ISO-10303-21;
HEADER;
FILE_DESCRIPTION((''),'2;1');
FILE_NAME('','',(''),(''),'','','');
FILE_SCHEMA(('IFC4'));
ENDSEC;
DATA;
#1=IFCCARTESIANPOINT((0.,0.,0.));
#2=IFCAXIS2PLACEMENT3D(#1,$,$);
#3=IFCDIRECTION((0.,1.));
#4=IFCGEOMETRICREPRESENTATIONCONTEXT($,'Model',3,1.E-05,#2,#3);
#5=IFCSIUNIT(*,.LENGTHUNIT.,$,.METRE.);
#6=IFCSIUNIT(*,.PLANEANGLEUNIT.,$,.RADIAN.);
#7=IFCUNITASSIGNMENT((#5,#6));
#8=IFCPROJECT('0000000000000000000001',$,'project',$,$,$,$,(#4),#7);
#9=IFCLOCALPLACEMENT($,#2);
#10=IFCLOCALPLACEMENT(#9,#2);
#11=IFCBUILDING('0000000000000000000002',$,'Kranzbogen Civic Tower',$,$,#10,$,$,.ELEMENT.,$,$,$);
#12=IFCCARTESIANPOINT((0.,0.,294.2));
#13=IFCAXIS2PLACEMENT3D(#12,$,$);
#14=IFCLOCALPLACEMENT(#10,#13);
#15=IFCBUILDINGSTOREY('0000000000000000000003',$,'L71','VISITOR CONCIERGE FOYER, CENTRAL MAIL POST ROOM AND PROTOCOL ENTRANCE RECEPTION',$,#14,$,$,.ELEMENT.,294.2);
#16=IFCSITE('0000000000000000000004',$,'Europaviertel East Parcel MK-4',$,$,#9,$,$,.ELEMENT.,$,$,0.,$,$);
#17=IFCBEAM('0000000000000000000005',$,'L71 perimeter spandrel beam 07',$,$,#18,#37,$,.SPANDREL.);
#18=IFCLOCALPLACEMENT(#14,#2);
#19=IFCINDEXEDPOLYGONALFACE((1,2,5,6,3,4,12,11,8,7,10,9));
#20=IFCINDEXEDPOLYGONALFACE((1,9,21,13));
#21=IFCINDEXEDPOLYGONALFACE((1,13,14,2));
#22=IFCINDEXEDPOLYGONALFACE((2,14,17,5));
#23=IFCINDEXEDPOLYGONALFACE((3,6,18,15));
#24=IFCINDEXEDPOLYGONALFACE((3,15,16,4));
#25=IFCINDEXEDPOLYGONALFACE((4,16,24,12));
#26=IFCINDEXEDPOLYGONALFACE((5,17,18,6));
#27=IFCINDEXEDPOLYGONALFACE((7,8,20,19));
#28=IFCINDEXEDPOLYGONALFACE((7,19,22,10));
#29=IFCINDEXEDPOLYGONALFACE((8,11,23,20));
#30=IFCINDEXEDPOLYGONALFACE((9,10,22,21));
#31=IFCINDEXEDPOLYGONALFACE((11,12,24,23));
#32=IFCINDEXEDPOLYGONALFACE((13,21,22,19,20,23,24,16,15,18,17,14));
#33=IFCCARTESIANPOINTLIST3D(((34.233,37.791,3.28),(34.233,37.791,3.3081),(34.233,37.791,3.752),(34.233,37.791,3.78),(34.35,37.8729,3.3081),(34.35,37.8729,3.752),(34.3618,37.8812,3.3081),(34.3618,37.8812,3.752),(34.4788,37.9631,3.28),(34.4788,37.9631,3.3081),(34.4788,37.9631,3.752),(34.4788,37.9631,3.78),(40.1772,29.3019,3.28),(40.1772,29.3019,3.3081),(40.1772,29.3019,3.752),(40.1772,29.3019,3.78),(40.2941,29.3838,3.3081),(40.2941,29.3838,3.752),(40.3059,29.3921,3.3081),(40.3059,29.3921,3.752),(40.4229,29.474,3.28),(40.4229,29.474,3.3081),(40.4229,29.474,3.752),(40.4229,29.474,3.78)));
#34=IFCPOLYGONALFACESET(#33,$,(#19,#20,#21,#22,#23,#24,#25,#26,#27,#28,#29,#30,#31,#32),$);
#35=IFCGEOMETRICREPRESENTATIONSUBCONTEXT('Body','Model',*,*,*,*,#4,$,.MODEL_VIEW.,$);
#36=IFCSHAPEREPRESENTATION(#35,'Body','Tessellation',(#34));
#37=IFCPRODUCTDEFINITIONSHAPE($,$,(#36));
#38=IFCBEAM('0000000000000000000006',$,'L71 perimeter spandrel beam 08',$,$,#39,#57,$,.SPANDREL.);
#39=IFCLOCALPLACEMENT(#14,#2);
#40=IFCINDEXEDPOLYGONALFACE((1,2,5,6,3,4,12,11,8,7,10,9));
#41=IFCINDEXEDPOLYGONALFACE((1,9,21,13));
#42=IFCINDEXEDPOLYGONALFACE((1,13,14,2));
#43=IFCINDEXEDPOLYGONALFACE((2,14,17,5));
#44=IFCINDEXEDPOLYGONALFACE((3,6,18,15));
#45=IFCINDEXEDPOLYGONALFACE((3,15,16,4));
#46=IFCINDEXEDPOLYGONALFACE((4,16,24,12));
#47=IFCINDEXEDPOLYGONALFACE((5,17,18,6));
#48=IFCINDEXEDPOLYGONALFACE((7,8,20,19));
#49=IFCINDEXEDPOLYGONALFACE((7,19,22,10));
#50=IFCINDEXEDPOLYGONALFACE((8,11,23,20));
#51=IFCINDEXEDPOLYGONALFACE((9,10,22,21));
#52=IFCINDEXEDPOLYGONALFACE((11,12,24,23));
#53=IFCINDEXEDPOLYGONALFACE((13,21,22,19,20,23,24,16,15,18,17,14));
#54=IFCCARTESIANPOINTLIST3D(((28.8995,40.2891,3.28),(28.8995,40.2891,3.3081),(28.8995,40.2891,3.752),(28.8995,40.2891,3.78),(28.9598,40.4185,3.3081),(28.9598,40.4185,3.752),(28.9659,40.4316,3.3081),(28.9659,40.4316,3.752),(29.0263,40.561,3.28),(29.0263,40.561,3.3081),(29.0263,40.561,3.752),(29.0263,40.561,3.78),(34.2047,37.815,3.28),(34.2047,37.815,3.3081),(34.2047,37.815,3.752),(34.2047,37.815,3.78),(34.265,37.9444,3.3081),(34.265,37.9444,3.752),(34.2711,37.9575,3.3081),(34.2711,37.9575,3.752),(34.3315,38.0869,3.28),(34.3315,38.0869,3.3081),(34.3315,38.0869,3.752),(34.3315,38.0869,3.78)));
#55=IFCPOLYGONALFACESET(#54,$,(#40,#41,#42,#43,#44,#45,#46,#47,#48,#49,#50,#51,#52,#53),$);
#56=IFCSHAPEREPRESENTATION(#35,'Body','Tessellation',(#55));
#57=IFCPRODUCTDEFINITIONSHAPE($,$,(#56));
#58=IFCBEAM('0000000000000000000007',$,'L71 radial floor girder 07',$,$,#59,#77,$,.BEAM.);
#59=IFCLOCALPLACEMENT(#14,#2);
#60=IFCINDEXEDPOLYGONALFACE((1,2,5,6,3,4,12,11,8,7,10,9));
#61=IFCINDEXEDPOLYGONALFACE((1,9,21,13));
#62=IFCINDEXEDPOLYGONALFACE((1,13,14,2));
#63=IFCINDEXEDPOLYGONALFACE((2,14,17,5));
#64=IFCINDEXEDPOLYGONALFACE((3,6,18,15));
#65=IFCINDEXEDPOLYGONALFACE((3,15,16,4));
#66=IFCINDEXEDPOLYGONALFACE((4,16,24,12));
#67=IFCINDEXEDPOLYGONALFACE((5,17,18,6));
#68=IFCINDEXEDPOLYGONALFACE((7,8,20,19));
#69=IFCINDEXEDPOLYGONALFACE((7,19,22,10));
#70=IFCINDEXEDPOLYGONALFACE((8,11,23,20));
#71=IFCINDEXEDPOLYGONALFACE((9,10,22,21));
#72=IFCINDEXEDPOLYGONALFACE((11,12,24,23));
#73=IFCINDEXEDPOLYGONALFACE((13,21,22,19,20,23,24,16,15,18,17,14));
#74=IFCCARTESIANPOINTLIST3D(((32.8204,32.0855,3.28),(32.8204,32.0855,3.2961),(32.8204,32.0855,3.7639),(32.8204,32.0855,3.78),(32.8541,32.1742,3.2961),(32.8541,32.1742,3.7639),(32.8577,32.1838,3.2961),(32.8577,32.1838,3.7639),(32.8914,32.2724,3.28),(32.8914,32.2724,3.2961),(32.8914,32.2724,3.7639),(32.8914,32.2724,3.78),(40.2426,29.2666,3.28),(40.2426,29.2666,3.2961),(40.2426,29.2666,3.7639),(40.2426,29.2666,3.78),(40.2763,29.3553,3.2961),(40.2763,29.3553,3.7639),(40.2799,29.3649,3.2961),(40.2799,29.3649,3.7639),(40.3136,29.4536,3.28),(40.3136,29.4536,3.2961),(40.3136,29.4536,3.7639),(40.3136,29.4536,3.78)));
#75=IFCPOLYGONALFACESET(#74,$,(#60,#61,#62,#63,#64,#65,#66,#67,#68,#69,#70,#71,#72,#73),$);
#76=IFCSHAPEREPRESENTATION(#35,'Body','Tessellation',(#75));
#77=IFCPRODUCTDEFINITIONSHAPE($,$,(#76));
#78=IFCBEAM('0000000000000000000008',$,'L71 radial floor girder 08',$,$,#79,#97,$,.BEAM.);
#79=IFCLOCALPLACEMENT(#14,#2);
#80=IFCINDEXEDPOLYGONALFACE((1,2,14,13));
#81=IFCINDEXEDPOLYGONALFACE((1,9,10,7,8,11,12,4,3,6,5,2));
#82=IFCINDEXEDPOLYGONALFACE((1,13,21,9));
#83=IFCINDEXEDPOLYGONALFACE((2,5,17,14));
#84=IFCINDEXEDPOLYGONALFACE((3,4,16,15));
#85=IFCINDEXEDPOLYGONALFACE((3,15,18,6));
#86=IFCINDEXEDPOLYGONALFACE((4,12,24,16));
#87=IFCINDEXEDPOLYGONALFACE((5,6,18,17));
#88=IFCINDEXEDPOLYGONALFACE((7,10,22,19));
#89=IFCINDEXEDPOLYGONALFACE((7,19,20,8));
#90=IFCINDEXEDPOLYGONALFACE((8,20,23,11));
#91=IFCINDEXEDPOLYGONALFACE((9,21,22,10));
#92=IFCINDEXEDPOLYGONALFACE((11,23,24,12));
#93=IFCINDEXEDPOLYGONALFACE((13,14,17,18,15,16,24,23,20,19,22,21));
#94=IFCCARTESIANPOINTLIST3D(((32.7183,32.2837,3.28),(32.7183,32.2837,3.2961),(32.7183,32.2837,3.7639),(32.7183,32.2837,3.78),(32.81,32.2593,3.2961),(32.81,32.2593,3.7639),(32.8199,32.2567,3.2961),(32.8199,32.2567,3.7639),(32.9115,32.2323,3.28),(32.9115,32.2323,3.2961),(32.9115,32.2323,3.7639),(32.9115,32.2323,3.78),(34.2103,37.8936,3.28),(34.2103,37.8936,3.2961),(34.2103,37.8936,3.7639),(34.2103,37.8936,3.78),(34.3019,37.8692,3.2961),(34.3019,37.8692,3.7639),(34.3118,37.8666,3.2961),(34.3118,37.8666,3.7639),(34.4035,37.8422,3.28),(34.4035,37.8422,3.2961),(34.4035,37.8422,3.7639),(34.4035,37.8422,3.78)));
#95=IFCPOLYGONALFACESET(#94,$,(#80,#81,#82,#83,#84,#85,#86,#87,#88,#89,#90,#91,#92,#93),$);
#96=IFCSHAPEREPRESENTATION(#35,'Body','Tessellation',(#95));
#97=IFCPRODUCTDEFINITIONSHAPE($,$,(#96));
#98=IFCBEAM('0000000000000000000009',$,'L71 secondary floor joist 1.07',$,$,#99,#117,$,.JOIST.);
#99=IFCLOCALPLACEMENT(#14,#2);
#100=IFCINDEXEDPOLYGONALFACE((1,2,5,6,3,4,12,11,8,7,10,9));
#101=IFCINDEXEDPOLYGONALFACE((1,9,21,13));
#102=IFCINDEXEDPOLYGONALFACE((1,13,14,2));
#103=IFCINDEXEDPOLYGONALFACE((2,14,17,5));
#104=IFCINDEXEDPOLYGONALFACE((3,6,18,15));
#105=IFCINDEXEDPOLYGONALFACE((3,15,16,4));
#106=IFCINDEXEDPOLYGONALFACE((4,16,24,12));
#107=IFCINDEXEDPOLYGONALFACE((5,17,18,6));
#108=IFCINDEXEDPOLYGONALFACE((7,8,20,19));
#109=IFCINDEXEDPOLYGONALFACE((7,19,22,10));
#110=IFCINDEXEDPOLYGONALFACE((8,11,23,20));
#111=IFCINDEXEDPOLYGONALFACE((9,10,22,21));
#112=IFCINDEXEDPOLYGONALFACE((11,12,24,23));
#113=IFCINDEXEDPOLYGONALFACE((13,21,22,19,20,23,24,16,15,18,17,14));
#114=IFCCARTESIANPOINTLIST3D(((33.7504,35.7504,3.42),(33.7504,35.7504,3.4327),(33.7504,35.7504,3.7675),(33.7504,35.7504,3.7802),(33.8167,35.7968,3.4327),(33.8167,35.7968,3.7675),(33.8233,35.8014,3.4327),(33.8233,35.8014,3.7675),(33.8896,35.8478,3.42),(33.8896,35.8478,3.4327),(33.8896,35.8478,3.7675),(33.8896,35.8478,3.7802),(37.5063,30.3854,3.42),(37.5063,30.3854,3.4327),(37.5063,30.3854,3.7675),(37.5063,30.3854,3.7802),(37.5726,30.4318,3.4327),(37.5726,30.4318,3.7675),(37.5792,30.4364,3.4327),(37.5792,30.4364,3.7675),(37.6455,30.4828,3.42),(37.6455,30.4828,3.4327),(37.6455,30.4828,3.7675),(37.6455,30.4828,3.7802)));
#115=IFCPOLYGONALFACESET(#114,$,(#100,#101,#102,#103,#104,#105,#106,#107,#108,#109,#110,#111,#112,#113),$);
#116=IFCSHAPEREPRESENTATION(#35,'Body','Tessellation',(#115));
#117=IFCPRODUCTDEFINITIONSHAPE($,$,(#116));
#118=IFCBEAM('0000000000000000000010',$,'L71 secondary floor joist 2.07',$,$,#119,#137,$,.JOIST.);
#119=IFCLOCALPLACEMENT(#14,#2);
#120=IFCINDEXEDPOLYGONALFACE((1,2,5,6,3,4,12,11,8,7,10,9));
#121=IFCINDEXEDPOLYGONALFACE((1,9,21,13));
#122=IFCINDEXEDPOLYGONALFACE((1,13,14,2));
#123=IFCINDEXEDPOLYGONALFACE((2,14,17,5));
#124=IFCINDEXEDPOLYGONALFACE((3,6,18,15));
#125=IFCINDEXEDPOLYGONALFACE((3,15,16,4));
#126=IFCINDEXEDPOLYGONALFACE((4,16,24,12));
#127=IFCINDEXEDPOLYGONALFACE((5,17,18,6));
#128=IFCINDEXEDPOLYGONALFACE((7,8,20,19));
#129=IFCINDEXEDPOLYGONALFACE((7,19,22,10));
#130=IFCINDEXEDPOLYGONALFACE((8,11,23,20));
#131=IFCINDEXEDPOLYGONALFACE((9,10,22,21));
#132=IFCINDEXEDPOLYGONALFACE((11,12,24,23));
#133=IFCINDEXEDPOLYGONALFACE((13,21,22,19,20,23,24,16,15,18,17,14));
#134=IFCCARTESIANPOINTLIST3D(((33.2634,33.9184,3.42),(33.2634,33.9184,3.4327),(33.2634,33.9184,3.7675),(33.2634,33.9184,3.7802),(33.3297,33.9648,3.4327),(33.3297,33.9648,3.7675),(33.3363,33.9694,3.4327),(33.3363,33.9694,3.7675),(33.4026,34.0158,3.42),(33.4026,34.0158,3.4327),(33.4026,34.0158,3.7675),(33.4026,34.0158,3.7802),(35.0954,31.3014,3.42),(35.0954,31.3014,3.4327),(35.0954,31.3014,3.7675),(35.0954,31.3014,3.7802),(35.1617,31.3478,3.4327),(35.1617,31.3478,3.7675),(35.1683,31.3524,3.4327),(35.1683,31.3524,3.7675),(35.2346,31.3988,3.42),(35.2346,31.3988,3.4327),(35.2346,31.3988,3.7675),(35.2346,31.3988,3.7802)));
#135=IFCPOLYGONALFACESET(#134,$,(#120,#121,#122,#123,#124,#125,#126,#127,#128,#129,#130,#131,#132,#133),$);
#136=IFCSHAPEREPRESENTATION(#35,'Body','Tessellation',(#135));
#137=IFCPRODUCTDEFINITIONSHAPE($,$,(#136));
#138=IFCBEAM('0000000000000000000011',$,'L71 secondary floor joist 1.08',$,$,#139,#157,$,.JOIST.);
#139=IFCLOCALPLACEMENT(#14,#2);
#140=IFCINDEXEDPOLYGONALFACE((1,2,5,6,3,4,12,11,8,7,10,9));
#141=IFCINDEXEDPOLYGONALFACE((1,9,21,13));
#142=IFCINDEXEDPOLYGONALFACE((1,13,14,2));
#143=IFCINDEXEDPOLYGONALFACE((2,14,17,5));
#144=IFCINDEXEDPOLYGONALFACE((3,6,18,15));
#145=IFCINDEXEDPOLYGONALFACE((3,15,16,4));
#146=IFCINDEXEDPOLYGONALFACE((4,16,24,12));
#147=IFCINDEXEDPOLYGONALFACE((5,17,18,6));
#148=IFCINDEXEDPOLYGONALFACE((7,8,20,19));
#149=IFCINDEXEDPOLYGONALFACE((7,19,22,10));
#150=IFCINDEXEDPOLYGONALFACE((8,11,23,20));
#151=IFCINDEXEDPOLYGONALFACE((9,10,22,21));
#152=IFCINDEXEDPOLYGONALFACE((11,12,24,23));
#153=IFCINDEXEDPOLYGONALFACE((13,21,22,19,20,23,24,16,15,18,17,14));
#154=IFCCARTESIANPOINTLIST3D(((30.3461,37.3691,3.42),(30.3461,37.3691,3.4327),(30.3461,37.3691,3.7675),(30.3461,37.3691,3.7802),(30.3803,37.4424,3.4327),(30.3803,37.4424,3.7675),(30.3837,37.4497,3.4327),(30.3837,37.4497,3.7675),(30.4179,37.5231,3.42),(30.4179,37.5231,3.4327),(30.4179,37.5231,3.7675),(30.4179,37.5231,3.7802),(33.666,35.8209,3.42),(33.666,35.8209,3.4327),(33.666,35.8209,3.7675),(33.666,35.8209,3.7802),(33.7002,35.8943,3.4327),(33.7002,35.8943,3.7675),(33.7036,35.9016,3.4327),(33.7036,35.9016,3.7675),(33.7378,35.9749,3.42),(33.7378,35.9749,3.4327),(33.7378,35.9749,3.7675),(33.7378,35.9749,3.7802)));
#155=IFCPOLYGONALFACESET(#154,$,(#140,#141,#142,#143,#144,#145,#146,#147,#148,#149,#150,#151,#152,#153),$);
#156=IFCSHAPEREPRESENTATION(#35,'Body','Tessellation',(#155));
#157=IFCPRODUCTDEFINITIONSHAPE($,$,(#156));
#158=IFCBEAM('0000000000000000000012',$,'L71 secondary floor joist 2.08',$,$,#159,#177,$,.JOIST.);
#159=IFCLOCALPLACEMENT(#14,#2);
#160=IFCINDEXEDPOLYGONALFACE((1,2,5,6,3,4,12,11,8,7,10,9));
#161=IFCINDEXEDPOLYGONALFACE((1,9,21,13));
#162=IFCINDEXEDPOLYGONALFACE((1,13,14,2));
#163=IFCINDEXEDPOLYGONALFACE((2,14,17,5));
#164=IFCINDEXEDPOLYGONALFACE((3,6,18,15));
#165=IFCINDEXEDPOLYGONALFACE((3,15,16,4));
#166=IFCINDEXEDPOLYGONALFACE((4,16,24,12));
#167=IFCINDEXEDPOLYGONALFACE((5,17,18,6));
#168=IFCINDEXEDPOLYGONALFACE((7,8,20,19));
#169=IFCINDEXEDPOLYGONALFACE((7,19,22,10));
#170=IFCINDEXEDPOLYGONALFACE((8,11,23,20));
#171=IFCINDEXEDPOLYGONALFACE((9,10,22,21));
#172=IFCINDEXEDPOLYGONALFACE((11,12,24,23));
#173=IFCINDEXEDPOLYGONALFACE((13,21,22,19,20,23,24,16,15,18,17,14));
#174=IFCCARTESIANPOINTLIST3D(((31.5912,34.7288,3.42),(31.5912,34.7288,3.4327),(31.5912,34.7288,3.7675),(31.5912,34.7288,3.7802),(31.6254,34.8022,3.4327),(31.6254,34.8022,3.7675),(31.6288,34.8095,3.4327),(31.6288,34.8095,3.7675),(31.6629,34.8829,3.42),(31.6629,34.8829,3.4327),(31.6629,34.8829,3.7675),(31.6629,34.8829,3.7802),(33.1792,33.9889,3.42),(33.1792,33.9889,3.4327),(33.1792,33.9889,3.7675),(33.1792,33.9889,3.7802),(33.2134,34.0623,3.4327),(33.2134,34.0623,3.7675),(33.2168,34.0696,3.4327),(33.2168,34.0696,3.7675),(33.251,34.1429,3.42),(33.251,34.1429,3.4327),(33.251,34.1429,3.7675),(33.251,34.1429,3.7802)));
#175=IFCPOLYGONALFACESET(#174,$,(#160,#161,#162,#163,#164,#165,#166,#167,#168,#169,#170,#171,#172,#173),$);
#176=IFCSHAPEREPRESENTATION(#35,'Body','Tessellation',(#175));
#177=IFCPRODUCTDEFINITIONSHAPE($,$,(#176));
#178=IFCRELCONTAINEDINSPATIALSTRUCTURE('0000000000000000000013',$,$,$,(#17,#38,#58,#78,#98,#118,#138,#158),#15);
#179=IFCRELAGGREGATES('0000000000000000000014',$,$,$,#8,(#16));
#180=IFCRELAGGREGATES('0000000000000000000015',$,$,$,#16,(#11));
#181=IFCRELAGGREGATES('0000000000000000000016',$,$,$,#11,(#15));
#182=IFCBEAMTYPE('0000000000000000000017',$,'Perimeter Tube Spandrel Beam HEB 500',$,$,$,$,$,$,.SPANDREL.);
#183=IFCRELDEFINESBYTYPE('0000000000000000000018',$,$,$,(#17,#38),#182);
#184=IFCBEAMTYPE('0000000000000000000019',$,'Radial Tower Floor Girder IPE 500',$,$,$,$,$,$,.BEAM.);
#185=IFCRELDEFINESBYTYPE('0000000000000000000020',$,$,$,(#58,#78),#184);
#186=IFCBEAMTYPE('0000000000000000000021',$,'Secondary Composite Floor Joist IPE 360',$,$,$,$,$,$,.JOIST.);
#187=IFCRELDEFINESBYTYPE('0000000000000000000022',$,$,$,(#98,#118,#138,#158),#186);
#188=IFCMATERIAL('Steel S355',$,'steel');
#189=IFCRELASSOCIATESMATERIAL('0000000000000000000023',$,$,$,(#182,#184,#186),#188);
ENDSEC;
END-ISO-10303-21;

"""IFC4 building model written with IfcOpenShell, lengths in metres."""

from ifc_helpers import new_model, si_unit, direction, frame, origin, origin_2d, place, context, subcontext, project, spatial, i_section, extrude, material, material_profile, profile_set, type_object, element, save


model = new_model("IFC4")

# Units and contexts
model_context = context("Model", 3, precision=1e-05, world=origin(), true_north=direction((0.0, 1.0)))
body_context = subcontext(model_context, "Body", "Model", "MODEL_VIEW")
ifc_project = project(units=[si_unit("LENGTHUNIT", "METRE"), si_unit("PLANEANGLEUNIT", "RADIAN")], contexts=[model_context])

# Site, building, storey
site_placement = place(None, origin())
site = spatial("IfcSite", under=ifc_project, at=site_placement, Name="Europaviertel East Parcel MK-4", CompositionType="ELEMENT", RefElevation=0.0)
building_placement = place(site_placement, origin())
building = spatial("IfcBuilding", under=site, at=building_placement, Name="Kranzbogen Civic Tower", CompositionType="ELEMENT")
storey_placement = place(building_placement, frame((0.0, 0.0, 294.2)))
storey = spatial("IfcBuildingStorey", under=building, at=storey_placement, Name="L71", Description="VISITOR CONCIERGE FOYER, CENTRAL MAIL POST ROOM AND PROTOCOL ENTRANCE RECEPTION", CompositionType="ELEMENT", Elevation=294.2)

# Shared definitions
ifc_material_1 = material(Name="Steel S355", Category="steel")

# Beams
ifc_material_profile_1 = material_profile(ifc_material_1, i_section(OverallWidth=0.3, OverallDepth=0.5, WebThickness=0.0144, FlangeThickness=0.0281, at=origin_2d()), Name="HEB 500")
ifc_profile_set_1 = profile_set([ifc_material_profile_1], Name="Steel S355")
beam_type_1 = type_object("IfcBeamType", Name="Perimeter Tube Spandrel Beam HEB 500", PredefinedType="SPANDREL", material=ifc_profile_set_1)
beam_1_placement = place(storey_placement, frame((40.3, 29.3879, 3.53), z_axis=(-0.573578, 0.819151, 0.0), x_axis=(-0.819151, -0.573578, 0.0)))
element("IfcBeam", 1, at=beam_1_placement, inside=storey, type_object=beam_type_1, Name="L71 perimeter spandrel beam 07", PredefinedType="SPANDREL", context=body_context, shape_type="SweptSolid", body=[
    extrude(i_section(OverallWidth=0.3, OverallDepth=0.5, WebThickness=0.0144, FlangeThickness=0.0281, at=origin_2d()), origin(), (0.0, 0.0, 1.0), 10.3633),
])
beam_2_placement = place(storey_placement, frame((34.2681, 37.9509, 3.53), z_axis=(-0.90629, 0.422657, 0.0), x_axis=(-0.422657, -0.90629, 0.0)))
element("IfcBeam", 2, at=beam_2_placement, inside=storey, type_object=beam_type_1, Name="L71 perimeter spandrel beam 08", PredefinedType="SPANDREL", context=body_context, shape_type="SweptSolid", body=[
    extrude(i_section(OverallWidth=0.3, OverallDepth=0.5, WebThickness=0.0144, FlangeThickness=0.0281, at=origin_2d()), origin(), (0.0, 0.0, 1.0), 5.8538),
])
ifc_material_profile_2 = material_profile(ifc_material_1, i_section(OverallWidth=0.2, OverallDepth=0.5, WebThickness=0.0103, FlangeThickness=0.0161, at=origin_2d()), Name="IPE 500")
ifc_profile_set_2 = profile_set([ifc_material_profile_2], Name="Steel S355")
beam_type_2 = type_object("IfcBeamType", Name="Radial Tower Floor Girder IPE 500", PredefinedType="BEAM", material=ifc_profile_set_2)
beam_3_placement = place(storey_placement, frame((40.2781, 29.3601, 3.53), z_axis=(-0.934849, 0.355046, 0.0), x_axis=(-0.355046, -0.934849, 0.0)))
element("IfcBeam", 3, at=beam_3_placement, inside=storey, type_object=beam_type_2, Name="L71 radial floor girder 07", PredefinedType="BEAM", context=body_context, shape_type="SweptSolid", body=[
    extrude(i_section(OverallWidth=0.2, OverallDepth=0.5, WebThickness=0.0103, FlangeThickness=0.0161, at=origin_2d()), origin(), (0.0, 0.0, 1.0), 7.9395),
])
beam_4_placement = place(storey_placement, frame((34.3069, 37.8679, 3.53), z_axis=(-0.257016, -0.966407, 0.0), x_axis=(0.966407, -0.257016, 0.0)))
element("IfcBeam", 4, at=beam_4_placement, inside=storey, type_object=beam_type_2, Name="L71 radial floor girder 08", PredefinedType="BEAM", context=body_context, shape_type="SweptSolid", body=[
    extrude(i_section(OverallWidth=0.2, OverallDepth=0.5, WebThickness=0.0103, FlangeThickness=0.0161, at=origin_2d()), origin(), (0.0, 0.0, 1.0), 5.8049),
])
ifc_material_profile_3 = material_profile(ifc_material_1, i_section(OverallWidth=0.1699, OverallDepth=0.3601, WebThickness=0.0081, FlangeThickness=0.0127, at=origin_2d()), Name="IPE 360")
ifc_profile_set_3 = profile_set([ifc_material_profile_3], Name="Steel S355")
beam_type_3 = type_object("IfcBeamType", Name="Secondary Composite Floor Joist IPE 360", PredefinedType="JOIST", material=ifc_profile_set_3)
beam_5_placement = place(storey_placement, frame((37.5759, 30.4341, 3.6001), z_axis=(-0.5735, 0.819206, 0.0), x_axis=(-0.819206, -0.5735, 0.0)))
element("IfcBeam", 5, at=beam_5_placement, inside=storey, type_object=beam_type_3, Name="L71 secondary floor joist 1.07", PredefinedType="JOIST", context=body_context, shape_type="SweptSolid", body=[
    extrude(i_section(OverallWidth=0.1699, OverallDepth=0.3601, WebThickness=0.0081, FlangeThickness=0.0127, at=origin_2d()), origin(), (0.0, 0.0, 1.0), 6.5491),
])
beam_6_placement = place(storey_placement, frame((35.165, 31.3501, 3.6001), z_axis=(-0.573498, 0.819207, 0.0), x_axis=(-0.819207, -0.573498, 0.0)))
element("IfcBeam", 6, at=beam_6_placement, inside=storey, type_object=beam_type_3, Name="L71 secondary floor joist 2.07", PredefinedType="JOIST", context=body_context, shape_type="SweptSolid", body=[
    extrude(i_section(OverallWidth=0.1699, OverallDepth=0.3601, WebThickness=0.0081, FlangeThickness=0.0127, at=origin_2d()), origin(), (0.0, 0.0, 1.0), 3.1946),
])
beam_7_placement = place(storey_placement, frame((33.7019, 35.8979, 3.6001), z_axis=(-0.906304, 0.422626, 0.0), x_axis=(-0.422626, -0.906304, 0.0)))
element("IfcBeam", 7, at=beam_7_placement, inside=storey, type_object=beam_type_3, Name="L71 secondary floor joist 1.08", PredefinedType="JOIST", context=body_context, shape_type="SweptSolid", body=[
    extrude(i_section(OverallWidth=0.1699, OverallDepth=0.3601, WebThickness=0.0081, FlangeThickness=0.0127, at=origin_2d()), origin(), (0.0, 0.0, 1.0), 3.6631),
])
beam_8_placement = place(storey_placement, frame((33.2151, 34.0659, 3.6001), z_axis=(-0.906432, 0.422351, 0.0), x_axis=(-0.422351, -0.906432, 0.0)))
element("IfcBeam", 8, at=beam_8_placement, inside=storey, type_object=beam_type_3, Name="L71 secondary floor joist 2.08", PredefinedType="JOIST", context=body_context, shape_type="SweptSolid", body=[
    extrude(i_section(OverallWidth=0.1699, OverallDepth=0.3601, WebThickness=0.0081, FlangeThickness=0.0127, at=origin_2d()), origin(), (0.0, 0.0, 1.0), 1.752),
])

save(model, "model.ifc")
